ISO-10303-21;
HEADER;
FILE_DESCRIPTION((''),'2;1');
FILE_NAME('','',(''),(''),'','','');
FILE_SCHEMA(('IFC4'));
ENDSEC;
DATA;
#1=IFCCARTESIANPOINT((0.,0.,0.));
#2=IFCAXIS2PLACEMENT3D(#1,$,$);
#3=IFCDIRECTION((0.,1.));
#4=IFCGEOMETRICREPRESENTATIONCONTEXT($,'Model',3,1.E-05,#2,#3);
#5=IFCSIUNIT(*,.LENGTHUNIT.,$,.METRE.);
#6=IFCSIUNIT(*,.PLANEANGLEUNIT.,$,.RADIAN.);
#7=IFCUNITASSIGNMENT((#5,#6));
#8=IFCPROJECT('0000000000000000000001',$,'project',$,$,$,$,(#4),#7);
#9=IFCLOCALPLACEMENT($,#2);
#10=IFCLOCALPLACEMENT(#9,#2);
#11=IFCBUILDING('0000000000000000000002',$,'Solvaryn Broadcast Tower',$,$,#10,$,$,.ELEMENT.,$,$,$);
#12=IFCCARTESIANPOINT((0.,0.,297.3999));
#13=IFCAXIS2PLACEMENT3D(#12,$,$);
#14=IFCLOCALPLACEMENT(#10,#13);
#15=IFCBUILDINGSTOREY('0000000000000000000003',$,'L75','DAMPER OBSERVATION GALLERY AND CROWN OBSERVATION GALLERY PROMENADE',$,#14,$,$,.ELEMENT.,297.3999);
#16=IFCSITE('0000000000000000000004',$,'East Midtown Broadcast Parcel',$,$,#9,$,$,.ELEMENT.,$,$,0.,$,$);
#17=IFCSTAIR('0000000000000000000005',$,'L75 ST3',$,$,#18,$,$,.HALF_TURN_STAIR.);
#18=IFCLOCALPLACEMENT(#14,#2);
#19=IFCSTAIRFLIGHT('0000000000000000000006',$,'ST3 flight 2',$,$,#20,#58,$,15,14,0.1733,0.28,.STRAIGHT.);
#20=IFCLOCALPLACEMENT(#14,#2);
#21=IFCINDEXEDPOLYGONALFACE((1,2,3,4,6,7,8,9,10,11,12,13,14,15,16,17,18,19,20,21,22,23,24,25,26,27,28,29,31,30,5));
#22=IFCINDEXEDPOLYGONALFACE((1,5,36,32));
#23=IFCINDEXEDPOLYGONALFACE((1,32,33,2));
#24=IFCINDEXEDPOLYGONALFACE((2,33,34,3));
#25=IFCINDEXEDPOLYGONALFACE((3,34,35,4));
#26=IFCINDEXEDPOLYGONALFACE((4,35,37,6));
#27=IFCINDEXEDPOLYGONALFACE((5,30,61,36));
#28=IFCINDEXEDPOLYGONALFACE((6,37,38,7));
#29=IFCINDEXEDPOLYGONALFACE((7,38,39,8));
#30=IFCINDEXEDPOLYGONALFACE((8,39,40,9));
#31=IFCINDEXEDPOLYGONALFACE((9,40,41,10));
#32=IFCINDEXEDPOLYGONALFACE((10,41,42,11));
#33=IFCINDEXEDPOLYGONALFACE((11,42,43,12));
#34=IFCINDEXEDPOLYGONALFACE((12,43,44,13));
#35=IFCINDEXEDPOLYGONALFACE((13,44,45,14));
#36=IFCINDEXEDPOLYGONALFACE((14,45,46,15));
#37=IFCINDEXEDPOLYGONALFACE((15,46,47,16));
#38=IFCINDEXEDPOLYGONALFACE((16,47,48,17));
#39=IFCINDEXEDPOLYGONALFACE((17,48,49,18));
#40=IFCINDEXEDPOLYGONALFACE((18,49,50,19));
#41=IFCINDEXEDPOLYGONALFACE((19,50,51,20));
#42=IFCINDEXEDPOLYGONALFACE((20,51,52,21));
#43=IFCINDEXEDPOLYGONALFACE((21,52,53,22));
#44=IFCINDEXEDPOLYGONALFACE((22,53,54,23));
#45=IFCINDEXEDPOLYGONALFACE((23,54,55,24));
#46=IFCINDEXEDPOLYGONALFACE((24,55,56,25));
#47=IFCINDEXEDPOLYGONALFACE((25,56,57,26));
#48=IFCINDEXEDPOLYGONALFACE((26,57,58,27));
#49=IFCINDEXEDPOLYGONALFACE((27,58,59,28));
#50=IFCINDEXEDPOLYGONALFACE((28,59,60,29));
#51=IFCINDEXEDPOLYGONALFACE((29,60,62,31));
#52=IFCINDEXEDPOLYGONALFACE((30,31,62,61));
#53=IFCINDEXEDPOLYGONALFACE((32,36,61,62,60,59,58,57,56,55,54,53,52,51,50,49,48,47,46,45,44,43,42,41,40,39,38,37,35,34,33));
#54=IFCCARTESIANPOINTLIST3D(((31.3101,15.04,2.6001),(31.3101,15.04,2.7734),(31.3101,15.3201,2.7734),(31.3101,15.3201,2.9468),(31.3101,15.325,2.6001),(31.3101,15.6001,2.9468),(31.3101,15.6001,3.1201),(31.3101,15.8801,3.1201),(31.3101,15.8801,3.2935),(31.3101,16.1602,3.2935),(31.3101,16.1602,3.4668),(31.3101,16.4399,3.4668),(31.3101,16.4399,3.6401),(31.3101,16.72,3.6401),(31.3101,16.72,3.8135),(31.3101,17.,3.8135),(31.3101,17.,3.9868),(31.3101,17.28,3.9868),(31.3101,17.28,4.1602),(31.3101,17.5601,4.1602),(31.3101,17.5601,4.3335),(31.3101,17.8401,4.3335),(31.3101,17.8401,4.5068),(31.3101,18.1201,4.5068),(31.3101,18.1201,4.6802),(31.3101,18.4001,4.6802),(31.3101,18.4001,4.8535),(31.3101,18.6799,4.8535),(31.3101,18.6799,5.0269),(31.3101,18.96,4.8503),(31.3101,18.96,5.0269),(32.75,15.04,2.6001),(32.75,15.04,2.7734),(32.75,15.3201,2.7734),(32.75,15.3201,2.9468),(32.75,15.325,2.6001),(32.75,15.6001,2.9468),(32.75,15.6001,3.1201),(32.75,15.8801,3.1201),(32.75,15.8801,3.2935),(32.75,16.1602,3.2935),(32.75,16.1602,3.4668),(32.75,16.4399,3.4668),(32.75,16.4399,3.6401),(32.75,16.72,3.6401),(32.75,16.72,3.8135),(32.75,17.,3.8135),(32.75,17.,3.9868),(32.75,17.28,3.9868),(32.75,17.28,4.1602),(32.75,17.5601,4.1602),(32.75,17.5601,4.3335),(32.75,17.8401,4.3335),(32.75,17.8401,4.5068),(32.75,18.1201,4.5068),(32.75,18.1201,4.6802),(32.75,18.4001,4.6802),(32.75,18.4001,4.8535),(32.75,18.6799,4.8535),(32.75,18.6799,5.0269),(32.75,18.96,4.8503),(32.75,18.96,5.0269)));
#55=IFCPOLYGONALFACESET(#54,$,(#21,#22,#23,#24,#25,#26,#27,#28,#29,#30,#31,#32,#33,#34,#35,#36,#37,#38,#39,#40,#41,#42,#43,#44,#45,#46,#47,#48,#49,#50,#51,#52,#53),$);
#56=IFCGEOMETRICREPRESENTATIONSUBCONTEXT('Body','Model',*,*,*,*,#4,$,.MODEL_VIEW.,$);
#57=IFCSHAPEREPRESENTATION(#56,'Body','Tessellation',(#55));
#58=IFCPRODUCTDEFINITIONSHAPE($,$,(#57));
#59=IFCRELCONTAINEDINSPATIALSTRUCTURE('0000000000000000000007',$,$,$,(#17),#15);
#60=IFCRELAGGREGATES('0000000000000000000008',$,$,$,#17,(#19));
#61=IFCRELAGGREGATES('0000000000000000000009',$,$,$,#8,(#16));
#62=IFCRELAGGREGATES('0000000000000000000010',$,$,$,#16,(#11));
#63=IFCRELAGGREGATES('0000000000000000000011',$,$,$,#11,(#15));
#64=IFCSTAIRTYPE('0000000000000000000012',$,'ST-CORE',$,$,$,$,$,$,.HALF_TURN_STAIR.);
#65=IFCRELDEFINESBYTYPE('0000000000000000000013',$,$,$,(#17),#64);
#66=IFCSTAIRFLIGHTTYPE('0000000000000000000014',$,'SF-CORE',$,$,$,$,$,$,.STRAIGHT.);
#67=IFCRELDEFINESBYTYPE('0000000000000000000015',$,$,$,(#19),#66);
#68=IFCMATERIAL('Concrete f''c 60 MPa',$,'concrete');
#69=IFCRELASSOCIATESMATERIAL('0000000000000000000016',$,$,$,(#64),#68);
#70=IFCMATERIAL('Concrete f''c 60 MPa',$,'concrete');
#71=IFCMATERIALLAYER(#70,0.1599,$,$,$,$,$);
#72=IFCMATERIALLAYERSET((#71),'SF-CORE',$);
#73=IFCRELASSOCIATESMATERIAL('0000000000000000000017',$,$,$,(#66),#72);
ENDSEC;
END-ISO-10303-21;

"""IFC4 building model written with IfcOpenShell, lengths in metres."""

from ifc_helpers import new_model, si_unit, direction, frame, origin, place, context, subcontext, project, spatial, polyline, outline, extrude, material, layer, layer_set, type_object, element, aggregate, save


model = new_model("IFC4")

# Units and contexts
model_context = context("Model", 3, precision=1e-05, world=origin(), true_north=direction((0.0, 1.0)))
body_context = subcontext(model_context, "Body", "Model", "MODEL_VIEW")
ifc_project = project(units=[si_unit("LENGTHUNIT", "METRE"), si_unit("PLANEANGLEUNIT", "RADIAN")], contexts=[model_context])

# Site, building, storey
site_placement = place(None, origin())
site = spatial("IfcSite", under=ifc_project, at=site_placement, Name="East Midtown Broadcast Parcel", CompositionType="ELEMENT", RefElevation=0.0)
building_placement = place(site_placement, origin())
building = spatial("IfcBuilding", under=site, at=building_placement, Name="Solvaryn Broadcast Tower", CompositionType="ELEMENT")
storey_placement = place(building_placement, frame((0.0, 0.0, 297.3999)))
storey = spatial("IfcBuildingStorey", under=building, at=storey_placement, Name="L75", Description="DAMPER OBSERVATION GALLERY AND CROWN OBSERVATION GALLERY PROMENADE", CompositionType="ELEMENT", Elevation=297.3999)

# Stair, stair flight
ifc_material_1 = material(Name="Concrete f'c 60 MPa", Category="concrete")
stair_type = type_object("IfcStairType", Name="ST-CORE", PredefinedType="HALF_TURN_STAIR", material=ifc_material_1)
stair_placement = place(storey_placement, origin())
stair = element("IfcStair", 1, at=stair_placement, inside=storey, type_object=stair_type, Name="L75 ST3", PredefinedType="HALF_TURN_STAIR")
ifc_material_2 = material(Name="Concrete f'c 60 MPa", Category="concrete")
ifc_layer_1 = layer(ifc_material_2, 0.1599)
ifc_layer_set_1 = layer_set([ifc_layer_1], Name="SF-CORE")
stair_flight_type = type_object("IfcStairFlightType", Name="SF-CORE", PredefinedType="STRAIGHT", material=ifc_layer_set_1)
stair_flight_1_placement = place(storey_placement, frame((32.03, 15.04, 2.6001), z_axis=(0.0, 0.0, 1.0), x_axis=(0.0, 1.0, 0.0)))
stair_flight_1 = element("IfcStairFlight", 2, at=stair_flight_1_placement, type_object=stair_flight_type, Name="ST3 flight 2", NumberOfRisers=15, NumberOfTreads=14, PredefinedType="STRAIGHT", RiserHeight=0.1733, TreadLength=0.28, context=body_context, shape_type="SweptSolid", body=[
    extrude(outline(polyline([(0.0, 0.0), (0.0, 0.1733), (0.28, 0.1733), (0.28, 0.3467), (0.5601, 0.3467), (0.5601, 0.52), (0.8401, 0.52), (0.8401, 0.6934), (1.1201, 0.6934), (1.1201, 0.8667), (1.3999, 0.8667), (1.3999, 1.04), (1.6799, 1.04), (1.6799, 1.2134), (1.96, 1.2134), (1.96, 1.3867), (2.24, 1.3867), (2.24, 1.5601), (2.52, 1.5601), (2.52, 1.7334), (2.8, 1.7334), (2.8, 1.9067), (3.0801, 1.9067), (3.0801, 2.0801), (3.3601, 2.0801), (3.3601, 2.2534), (3.6399, 2.2534), (3.6399, 2.4268), (3.9199, 2.4268), (3.9199, 2.6001), (3.9199, 2.2502), (0.2849, 0.0), (0.0, 0.0)])), frame((0.0, 0.72, 0.0), z_axis=(0.0, -1.0, 0.0), x_axis=(1.0, 0.0, 0.0)), (0.0, 0.0, 1.0), 1.4399),
])
aggregate(stair, [stair_flight_1])

save(model, "model.ifc")
